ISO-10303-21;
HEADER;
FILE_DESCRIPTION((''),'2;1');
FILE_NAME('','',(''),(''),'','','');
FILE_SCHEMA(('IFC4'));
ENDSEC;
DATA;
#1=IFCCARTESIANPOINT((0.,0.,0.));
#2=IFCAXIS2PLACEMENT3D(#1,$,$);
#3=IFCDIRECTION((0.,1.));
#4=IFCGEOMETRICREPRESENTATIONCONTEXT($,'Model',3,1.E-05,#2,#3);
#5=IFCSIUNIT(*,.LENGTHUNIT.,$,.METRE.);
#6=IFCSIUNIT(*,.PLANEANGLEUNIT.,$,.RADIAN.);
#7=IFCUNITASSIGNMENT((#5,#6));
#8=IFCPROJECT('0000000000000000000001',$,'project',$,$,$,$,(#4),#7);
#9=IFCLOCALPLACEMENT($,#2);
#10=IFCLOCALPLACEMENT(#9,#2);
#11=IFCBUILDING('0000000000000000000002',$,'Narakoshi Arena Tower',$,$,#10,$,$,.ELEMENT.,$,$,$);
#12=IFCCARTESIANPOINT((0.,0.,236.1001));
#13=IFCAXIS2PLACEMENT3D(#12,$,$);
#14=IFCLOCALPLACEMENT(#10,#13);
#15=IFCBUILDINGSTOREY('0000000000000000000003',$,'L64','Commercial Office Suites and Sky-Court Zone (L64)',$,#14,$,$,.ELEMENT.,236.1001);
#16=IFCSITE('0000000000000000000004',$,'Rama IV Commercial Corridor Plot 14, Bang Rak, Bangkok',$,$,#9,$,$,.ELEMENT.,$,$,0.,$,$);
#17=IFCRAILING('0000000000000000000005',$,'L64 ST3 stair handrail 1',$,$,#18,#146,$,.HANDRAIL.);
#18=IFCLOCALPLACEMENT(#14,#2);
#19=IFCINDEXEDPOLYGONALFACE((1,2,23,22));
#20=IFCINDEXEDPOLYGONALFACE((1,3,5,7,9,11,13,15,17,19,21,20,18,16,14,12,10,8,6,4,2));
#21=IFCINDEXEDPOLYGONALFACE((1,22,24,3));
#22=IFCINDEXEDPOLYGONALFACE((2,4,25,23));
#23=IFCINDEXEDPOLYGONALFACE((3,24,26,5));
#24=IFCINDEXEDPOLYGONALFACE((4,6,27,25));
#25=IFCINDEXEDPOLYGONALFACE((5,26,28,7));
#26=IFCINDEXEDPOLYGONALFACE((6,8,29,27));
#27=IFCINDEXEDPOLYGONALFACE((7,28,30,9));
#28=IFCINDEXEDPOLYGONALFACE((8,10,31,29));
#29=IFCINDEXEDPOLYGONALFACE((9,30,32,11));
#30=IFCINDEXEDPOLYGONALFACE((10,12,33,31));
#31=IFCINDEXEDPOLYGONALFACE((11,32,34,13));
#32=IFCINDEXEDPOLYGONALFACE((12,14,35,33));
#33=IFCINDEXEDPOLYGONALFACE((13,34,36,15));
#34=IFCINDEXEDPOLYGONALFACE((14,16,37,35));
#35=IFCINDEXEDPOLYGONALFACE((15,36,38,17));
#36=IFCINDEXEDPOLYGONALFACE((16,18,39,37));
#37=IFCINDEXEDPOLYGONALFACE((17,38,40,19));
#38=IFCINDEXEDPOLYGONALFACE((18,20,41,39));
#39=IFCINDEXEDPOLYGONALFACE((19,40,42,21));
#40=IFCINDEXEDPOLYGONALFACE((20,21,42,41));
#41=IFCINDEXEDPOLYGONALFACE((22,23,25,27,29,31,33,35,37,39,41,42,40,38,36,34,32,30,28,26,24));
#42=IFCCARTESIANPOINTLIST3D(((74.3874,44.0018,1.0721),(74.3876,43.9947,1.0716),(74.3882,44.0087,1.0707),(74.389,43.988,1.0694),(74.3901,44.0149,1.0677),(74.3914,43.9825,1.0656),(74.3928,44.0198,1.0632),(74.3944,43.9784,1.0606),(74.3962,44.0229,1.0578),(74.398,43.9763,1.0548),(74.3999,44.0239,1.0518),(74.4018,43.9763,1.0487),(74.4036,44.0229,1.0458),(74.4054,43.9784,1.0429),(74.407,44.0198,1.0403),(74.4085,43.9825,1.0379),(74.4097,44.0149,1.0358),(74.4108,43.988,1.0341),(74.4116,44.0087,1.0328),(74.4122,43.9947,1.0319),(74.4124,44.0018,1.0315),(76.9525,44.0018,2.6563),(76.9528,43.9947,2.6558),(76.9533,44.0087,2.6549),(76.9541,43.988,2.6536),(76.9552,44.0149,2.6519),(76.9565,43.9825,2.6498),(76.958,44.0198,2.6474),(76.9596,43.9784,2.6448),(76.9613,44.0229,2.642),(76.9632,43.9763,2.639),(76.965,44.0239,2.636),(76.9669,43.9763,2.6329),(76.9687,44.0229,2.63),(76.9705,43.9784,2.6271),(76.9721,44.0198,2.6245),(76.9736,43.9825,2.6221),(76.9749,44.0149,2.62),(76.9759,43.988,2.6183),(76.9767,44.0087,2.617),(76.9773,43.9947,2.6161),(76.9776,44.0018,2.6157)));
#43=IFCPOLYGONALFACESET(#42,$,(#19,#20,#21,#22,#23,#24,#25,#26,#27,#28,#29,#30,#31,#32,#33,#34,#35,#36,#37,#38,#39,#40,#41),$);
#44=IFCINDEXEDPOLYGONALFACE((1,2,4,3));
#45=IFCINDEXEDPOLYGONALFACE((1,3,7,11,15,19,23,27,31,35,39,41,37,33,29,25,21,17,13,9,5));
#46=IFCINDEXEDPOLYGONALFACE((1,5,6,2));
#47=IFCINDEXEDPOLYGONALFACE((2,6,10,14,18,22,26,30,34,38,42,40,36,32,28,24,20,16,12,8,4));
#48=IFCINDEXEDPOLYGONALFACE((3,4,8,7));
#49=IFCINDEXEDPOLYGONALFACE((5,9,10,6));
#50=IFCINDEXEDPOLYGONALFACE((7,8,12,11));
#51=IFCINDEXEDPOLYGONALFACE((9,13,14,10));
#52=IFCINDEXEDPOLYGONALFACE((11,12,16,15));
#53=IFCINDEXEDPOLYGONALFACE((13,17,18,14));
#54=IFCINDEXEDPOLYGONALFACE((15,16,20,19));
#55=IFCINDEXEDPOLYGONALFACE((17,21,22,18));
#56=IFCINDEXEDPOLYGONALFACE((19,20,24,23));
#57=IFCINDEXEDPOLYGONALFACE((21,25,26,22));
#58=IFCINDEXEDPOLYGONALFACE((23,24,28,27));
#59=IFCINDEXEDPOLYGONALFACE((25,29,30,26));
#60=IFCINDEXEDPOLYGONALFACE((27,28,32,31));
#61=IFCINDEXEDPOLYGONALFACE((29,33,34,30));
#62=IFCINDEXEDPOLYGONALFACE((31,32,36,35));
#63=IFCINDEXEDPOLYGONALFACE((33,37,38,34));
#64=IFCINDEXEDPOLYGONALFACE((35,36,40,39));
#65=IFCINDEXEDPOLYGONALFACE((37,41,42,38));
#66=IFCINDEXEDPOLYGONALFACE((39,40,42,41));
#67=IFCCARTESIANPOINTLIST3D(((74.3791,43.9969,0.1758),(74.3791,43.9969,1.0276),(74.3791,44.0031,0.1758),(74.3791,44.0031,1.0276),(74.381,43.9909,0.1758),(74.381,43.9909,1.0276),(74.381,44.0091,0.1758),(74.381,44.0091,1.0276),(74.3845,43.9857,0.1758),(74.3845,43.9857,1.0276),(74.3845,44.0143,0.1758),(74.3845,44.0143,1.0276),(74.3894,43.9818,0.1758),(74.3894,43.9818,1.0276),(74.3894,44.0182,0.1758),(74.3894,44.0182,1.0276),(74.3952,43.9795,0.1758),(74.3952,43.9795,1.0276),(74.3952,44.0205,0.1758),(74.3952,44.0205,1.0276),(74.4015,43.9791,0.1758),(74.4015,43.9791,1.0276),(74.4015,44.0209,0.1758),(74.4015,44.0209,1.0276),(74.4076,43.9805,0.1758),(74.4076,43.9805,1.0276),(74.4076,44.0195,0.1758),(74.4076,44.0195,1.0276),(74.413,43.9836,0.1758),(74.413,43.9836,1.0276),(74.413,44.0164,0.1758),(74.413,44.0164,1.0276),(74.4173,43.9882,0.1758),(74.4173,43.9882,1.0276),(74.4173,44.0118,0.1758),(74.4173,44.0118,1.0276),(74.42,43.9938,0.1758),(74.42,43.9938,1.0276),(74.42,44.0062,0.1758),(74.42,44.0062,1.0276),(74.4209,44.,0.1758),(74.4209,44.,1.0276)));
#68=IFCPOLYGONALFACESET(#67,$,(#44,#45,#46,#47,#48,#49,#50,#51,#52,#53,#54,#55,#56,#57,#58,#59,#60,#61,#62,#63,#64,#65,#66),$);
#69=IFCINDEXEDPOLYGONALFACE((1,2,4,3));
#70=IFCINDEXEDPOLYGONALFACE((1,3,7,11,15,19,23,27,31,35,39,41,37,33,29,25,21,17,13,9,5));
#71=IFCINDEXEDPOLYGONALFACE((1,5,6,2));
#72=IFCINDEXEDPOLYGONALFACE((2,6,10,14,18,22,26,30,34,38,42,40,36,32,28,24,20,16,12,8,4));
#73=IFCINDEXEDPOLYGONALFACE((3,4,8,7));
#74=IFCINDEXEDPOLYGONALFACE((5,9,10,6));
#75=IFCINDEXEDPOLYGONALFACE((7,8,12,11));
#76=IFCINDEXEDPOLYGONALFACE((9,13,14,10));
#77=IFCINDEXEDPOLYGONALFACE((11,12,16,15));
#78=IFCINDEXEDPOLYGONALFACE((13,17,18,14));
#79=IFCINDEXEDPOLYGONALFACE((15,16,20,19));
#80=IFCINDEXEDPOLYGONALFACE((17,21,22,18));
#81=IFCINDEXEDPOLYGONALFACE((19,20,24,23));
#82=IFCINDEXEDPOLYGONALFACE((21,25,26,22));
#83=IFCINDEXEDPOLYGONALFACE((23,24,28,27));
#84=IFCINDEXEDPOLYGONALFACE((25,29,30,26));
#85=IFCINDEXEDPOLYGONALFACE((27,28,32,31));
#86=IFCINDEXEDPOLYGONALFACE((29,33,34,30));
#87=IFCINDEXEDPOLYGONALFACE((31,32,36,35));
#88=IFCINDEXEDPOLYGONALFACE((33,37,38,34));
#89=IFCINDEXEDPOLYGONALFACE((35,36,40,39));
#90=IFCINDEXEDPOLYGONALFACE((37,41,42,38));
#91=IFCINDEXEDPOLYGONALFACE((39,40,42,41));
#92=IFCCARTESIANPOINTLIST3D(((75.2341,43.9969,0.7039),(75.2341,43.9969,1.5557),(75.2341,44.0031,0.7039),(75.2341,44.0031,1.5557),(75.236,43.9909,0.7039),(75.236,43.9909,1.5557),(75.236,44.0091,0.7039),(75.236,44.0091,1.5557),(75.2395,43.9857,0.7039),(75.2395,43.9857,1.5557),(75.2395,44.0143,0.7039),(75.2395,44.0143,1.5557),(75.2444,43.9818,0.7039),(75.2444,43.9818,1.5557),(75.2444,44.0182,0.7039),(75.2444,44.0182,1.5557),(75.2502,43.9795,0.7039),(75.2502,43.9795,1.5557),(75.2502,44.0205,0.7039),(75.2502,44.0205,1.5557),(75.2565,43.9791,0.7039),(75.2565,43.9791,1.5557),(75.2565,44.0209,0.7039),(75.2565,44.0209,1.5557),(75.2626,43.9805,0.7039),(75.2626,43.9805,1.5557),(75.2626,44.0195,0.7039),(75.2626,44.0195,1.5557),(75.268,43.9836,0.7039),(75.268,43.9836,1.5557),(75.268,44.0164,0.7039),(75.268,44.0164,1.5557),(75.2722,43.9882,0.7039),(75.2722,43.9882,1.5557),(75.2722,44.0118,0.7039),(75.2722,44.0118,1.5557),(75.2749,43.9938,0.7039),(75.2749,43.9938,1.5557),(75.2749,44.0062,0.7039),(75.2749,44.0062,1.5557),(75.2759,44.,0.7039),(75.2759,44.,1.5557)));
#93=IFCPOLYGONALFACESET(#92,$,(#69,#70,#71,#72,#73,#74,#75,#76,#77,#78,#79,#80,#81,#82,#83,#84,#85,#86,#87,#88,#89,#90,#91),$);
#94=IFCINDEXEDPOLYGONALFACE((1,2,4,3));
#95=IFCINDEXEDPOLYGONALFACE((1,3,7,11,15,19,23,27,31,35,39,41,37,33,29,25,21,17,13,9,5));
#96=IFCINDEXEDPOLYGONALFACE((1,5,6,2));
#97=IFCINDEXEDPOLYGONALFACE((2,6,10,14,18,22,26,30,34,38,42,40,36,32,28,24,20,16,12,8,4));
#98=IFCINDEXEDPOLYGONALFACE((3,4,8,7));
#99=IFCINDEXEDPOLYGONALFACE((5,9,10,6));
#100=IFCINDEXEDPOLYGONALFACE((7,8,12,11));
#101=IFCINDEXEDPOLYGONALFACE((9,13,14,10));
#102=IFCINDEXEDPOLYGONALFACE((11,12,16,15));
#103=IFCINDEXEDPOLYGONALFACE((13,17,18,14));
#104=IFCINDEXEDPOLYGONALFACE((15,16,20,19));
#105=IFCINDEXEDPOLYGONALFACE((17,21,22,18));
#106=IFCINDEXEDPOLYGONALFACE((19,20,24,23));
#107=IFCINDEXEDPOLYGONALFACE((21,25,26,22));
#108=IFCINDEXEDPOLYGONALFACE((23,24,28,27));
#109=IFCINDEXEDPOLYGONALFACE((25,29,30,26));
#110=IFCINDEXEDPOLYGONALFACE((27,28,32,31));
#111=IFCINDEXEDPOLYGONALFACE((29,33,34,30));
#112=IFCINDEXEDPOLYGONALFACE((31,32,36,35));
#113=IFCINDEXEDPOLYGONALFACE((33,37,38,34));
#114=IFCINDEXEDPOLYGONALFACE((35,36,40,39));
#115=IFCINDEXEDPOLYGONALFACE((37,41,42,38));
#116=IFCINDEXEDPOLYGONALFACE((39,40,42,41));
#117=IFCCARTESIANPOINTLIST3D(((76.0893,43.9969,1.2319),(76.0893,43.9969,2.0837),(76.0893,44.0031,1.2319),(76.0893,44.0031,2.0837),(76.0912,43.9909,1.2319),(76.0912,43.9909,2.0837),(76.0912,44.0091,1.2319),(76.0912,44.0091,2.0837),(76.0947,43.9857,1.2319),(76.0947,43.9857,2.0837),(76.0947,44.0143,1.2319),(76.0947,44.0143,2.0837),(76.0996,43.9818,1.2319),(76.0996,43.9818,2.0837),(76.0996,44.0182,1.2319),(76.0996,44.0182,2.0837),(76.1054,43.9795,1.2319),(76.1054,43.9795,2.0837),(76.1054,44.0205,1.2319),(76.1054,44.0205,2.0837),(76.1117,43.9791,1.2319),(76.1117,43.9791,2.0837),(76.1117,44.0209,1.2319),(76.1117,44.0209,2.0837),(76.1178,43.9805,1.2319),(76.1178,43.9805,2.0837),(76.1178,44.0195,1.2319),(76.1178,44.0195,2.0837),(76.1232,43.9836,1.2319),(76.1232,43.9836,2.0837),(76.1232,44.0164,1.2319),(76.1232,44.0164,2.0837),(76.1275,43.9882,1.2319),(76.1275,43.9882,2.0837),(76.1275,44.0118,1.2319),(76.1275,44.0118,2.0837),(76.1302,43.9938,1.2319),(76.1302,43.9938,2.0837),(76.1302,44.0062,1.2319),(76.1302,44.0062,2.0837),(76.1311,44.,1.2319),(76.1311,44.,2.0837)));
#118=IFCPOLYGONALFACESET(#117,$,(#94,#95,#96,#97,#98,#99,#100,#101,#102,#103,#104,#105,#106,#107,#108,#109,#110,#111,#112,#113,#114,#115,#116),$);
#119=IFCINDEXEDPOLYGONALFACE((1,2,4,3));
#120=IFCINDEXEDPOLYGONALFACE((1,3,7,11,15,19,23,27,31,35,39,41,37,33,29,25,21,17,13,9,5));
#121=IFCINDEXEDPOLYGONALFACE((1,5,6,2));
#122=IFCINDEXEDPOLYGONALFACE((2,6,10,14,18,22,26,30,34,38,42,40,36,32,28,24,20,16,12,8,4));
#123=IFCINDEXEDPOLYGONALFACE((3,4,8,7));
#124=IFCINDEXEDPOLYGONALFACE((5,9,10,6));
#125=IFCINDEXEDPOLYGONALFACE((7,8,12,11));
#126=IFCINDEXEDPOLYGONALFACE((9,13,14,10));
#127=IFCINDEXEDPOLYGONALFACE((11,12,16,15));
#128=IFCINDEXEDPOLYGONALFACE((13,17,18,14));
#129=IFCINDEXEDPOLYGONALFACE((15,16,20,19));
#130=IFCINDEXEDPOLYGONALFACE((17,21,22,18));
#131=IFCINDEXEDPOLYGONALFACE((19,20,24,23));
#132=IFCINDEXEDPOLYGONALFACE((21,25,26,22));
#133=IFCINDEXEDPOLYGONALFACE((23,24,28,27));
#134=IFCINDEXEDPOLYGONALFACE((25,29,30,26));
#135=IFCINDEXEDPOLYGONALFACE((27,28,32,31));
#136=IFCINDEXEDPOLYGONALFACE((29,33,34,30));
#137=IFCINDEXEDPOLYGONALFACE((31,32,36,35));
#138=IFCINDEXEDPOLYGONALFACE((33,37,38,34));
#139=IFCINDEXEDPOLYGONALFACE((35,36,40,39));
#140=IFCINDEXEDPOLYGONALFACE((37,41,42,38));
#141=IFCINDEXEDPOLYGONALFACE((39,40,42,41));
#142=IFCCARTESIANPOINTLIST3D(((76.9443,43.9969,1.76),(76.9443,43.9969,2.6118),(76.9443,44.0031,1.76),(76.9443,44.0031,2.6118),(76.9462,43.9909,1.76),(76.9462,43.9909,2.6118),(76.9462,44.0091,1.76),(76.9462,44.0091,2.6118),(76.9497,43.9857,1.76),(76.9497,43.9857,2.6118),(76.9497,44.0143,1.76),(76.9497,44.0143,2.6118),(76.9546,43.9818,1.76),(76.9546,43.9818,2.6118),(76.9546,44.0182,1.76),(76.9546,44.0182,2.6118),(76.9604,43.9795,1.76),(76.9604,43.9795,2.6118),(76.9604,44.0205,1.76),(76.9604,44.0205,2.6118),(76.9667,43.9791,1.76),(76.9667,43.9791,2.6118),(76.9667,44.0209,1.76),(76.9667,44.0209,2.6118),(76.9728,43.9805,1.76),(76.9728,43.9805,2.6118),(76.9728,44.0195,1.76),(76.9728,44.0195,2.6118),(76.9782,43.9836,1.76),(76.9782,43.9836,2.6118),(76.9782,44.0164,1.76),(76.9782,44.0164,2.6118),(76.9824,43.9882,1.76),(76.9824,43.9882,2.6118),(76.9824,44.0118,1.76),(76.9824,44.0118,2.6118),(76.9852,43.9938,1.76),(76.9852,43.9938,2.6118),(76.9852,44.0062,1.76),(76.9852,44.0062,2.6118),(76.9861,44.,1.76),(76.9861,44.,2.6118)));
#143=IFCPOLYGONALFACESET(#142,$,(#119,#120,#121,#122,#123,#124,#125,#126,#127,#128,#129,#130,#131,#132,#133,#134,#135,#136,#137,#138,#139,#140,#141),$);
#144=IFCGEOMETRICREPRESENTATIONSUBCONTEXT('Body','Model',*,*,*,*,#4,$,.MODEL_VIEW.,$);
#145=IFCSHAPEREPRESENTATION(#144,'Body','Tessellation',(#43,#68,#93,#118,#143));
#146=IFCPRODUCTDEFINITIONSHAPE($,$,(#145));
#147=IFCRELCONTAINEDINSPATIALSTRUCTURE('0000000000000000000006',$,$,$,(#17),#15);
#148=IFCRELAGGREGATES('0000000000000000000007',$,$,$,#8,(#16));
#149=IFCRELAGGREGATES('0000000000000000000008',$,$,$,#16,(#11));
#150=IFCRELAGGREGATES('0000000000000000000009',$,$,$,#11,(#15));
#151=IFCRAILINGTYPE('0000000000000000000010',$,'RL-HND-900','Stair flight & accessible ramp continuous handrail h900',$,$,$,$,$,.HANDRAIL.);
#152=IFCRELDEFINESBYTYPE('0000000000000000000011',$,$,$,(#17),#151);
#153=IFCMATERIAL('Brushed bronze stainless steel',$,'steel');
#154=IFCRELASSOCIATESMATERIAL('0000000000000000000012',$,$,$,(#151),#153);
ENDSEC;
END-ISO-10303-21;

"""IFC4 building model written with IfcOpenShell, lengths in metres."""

from ifc_helpers import new_model, si_unit, direction, frame, origin, origin_2d, place, context, subcontext, project, spatial, circle, extrude, material, type_object, element, save


model = new_model("IFC4")

# Units and contexts
model_context = context("Model", 3, precision=1e-05, world=origin(), true_north=direction((0.0, 1.0)))
body_context = subcontext(model_context, "Body", "Model", "MODEL_VIEW")
ifc_project = project(units=[si_unit("LENGTHUNIT", "METRE"), si_unit("PLANEANGLEUNIT", "RADIAN")], contexts=[model_context])

# Site, building, storey
site_placement = place(None, origin())
site = spatial("IfcSite", under=ifc_project, at=site_placement, Name="Rama IV Commercial Corridor Plot 14, Bang Rak, Bangkok", CompositionType="ELEMENT", RefElevation=0.0)
building_placement = place(site_placement, origin())
building = spatial("IfcBuilding", under=site, at=building_placement, Name="Narakoshi Arena Tower", CompositionType="ELEMENT")
storey_placement = place(building_placement, frame((0.0, 0.0, 236.1001)))
storey = spatial("IfcBuildingStorey", under=building, at=storey_placement, Name="L64", Description="Commercial Office Suites and Sky-Court Zone (L64)", CompositionType="ELEMENT", Elevation=236.1001)

# Railing
ifc_material_1 = material(Name="Brushed bronze stainless steel", Category="steel")
railing_type_1 = type_object("IfcRailingType", Name="RL-HND-900", Description="Stair flight & accessible ramp continuous handrail h900", PredefinedType="HANDRAIL", material=ifc_material_1)
railing_1_placement = place(storey_placement, frame((74.3999, 44.0, 0.1758)))
element("IfcRailing", 1, at=railing_1_placement, inside=storey, type_object=railing_type_1, Name="L64 ST3 stair handrail 1", PredefinedType="HANDRAIL", context=body_context, shape_type="SweptSolid", body=[
    extrude(circle(Radius=0.0239, at=origin_2d()), frame((0.0, 0.0, 0.876), z_axis=(0.85082, 0.0, 0.525457), x_axis=(0.0, 1.0, 0.0)), (0.0, 0.0, 1.0), 3.0149),
    extrude(circle(Radius=0.021, at=origin_2d()), origin(), (0.0, 0.0, 1.0), 0.8518),
    extrude(circle(Radius=0.021, at=origin_2d()), frame((0.855, 0.0, 0.5281)), (0.0, 0.0, 1.0), 0.8518),
    extrude(circle(Radius=0.021, at=origin_2d()), frame((1.7102, 0.0, 1.0562)), (0.0, 0.0, 1.0), 0.8518),
    extrude(circle(Radius=0.021, at=origin_2d()), frame((2.5652, 0.0, 1.5842)), (0.0, 0.0, 1.0), 0.8518),
])

save(model, "model.ifc")
